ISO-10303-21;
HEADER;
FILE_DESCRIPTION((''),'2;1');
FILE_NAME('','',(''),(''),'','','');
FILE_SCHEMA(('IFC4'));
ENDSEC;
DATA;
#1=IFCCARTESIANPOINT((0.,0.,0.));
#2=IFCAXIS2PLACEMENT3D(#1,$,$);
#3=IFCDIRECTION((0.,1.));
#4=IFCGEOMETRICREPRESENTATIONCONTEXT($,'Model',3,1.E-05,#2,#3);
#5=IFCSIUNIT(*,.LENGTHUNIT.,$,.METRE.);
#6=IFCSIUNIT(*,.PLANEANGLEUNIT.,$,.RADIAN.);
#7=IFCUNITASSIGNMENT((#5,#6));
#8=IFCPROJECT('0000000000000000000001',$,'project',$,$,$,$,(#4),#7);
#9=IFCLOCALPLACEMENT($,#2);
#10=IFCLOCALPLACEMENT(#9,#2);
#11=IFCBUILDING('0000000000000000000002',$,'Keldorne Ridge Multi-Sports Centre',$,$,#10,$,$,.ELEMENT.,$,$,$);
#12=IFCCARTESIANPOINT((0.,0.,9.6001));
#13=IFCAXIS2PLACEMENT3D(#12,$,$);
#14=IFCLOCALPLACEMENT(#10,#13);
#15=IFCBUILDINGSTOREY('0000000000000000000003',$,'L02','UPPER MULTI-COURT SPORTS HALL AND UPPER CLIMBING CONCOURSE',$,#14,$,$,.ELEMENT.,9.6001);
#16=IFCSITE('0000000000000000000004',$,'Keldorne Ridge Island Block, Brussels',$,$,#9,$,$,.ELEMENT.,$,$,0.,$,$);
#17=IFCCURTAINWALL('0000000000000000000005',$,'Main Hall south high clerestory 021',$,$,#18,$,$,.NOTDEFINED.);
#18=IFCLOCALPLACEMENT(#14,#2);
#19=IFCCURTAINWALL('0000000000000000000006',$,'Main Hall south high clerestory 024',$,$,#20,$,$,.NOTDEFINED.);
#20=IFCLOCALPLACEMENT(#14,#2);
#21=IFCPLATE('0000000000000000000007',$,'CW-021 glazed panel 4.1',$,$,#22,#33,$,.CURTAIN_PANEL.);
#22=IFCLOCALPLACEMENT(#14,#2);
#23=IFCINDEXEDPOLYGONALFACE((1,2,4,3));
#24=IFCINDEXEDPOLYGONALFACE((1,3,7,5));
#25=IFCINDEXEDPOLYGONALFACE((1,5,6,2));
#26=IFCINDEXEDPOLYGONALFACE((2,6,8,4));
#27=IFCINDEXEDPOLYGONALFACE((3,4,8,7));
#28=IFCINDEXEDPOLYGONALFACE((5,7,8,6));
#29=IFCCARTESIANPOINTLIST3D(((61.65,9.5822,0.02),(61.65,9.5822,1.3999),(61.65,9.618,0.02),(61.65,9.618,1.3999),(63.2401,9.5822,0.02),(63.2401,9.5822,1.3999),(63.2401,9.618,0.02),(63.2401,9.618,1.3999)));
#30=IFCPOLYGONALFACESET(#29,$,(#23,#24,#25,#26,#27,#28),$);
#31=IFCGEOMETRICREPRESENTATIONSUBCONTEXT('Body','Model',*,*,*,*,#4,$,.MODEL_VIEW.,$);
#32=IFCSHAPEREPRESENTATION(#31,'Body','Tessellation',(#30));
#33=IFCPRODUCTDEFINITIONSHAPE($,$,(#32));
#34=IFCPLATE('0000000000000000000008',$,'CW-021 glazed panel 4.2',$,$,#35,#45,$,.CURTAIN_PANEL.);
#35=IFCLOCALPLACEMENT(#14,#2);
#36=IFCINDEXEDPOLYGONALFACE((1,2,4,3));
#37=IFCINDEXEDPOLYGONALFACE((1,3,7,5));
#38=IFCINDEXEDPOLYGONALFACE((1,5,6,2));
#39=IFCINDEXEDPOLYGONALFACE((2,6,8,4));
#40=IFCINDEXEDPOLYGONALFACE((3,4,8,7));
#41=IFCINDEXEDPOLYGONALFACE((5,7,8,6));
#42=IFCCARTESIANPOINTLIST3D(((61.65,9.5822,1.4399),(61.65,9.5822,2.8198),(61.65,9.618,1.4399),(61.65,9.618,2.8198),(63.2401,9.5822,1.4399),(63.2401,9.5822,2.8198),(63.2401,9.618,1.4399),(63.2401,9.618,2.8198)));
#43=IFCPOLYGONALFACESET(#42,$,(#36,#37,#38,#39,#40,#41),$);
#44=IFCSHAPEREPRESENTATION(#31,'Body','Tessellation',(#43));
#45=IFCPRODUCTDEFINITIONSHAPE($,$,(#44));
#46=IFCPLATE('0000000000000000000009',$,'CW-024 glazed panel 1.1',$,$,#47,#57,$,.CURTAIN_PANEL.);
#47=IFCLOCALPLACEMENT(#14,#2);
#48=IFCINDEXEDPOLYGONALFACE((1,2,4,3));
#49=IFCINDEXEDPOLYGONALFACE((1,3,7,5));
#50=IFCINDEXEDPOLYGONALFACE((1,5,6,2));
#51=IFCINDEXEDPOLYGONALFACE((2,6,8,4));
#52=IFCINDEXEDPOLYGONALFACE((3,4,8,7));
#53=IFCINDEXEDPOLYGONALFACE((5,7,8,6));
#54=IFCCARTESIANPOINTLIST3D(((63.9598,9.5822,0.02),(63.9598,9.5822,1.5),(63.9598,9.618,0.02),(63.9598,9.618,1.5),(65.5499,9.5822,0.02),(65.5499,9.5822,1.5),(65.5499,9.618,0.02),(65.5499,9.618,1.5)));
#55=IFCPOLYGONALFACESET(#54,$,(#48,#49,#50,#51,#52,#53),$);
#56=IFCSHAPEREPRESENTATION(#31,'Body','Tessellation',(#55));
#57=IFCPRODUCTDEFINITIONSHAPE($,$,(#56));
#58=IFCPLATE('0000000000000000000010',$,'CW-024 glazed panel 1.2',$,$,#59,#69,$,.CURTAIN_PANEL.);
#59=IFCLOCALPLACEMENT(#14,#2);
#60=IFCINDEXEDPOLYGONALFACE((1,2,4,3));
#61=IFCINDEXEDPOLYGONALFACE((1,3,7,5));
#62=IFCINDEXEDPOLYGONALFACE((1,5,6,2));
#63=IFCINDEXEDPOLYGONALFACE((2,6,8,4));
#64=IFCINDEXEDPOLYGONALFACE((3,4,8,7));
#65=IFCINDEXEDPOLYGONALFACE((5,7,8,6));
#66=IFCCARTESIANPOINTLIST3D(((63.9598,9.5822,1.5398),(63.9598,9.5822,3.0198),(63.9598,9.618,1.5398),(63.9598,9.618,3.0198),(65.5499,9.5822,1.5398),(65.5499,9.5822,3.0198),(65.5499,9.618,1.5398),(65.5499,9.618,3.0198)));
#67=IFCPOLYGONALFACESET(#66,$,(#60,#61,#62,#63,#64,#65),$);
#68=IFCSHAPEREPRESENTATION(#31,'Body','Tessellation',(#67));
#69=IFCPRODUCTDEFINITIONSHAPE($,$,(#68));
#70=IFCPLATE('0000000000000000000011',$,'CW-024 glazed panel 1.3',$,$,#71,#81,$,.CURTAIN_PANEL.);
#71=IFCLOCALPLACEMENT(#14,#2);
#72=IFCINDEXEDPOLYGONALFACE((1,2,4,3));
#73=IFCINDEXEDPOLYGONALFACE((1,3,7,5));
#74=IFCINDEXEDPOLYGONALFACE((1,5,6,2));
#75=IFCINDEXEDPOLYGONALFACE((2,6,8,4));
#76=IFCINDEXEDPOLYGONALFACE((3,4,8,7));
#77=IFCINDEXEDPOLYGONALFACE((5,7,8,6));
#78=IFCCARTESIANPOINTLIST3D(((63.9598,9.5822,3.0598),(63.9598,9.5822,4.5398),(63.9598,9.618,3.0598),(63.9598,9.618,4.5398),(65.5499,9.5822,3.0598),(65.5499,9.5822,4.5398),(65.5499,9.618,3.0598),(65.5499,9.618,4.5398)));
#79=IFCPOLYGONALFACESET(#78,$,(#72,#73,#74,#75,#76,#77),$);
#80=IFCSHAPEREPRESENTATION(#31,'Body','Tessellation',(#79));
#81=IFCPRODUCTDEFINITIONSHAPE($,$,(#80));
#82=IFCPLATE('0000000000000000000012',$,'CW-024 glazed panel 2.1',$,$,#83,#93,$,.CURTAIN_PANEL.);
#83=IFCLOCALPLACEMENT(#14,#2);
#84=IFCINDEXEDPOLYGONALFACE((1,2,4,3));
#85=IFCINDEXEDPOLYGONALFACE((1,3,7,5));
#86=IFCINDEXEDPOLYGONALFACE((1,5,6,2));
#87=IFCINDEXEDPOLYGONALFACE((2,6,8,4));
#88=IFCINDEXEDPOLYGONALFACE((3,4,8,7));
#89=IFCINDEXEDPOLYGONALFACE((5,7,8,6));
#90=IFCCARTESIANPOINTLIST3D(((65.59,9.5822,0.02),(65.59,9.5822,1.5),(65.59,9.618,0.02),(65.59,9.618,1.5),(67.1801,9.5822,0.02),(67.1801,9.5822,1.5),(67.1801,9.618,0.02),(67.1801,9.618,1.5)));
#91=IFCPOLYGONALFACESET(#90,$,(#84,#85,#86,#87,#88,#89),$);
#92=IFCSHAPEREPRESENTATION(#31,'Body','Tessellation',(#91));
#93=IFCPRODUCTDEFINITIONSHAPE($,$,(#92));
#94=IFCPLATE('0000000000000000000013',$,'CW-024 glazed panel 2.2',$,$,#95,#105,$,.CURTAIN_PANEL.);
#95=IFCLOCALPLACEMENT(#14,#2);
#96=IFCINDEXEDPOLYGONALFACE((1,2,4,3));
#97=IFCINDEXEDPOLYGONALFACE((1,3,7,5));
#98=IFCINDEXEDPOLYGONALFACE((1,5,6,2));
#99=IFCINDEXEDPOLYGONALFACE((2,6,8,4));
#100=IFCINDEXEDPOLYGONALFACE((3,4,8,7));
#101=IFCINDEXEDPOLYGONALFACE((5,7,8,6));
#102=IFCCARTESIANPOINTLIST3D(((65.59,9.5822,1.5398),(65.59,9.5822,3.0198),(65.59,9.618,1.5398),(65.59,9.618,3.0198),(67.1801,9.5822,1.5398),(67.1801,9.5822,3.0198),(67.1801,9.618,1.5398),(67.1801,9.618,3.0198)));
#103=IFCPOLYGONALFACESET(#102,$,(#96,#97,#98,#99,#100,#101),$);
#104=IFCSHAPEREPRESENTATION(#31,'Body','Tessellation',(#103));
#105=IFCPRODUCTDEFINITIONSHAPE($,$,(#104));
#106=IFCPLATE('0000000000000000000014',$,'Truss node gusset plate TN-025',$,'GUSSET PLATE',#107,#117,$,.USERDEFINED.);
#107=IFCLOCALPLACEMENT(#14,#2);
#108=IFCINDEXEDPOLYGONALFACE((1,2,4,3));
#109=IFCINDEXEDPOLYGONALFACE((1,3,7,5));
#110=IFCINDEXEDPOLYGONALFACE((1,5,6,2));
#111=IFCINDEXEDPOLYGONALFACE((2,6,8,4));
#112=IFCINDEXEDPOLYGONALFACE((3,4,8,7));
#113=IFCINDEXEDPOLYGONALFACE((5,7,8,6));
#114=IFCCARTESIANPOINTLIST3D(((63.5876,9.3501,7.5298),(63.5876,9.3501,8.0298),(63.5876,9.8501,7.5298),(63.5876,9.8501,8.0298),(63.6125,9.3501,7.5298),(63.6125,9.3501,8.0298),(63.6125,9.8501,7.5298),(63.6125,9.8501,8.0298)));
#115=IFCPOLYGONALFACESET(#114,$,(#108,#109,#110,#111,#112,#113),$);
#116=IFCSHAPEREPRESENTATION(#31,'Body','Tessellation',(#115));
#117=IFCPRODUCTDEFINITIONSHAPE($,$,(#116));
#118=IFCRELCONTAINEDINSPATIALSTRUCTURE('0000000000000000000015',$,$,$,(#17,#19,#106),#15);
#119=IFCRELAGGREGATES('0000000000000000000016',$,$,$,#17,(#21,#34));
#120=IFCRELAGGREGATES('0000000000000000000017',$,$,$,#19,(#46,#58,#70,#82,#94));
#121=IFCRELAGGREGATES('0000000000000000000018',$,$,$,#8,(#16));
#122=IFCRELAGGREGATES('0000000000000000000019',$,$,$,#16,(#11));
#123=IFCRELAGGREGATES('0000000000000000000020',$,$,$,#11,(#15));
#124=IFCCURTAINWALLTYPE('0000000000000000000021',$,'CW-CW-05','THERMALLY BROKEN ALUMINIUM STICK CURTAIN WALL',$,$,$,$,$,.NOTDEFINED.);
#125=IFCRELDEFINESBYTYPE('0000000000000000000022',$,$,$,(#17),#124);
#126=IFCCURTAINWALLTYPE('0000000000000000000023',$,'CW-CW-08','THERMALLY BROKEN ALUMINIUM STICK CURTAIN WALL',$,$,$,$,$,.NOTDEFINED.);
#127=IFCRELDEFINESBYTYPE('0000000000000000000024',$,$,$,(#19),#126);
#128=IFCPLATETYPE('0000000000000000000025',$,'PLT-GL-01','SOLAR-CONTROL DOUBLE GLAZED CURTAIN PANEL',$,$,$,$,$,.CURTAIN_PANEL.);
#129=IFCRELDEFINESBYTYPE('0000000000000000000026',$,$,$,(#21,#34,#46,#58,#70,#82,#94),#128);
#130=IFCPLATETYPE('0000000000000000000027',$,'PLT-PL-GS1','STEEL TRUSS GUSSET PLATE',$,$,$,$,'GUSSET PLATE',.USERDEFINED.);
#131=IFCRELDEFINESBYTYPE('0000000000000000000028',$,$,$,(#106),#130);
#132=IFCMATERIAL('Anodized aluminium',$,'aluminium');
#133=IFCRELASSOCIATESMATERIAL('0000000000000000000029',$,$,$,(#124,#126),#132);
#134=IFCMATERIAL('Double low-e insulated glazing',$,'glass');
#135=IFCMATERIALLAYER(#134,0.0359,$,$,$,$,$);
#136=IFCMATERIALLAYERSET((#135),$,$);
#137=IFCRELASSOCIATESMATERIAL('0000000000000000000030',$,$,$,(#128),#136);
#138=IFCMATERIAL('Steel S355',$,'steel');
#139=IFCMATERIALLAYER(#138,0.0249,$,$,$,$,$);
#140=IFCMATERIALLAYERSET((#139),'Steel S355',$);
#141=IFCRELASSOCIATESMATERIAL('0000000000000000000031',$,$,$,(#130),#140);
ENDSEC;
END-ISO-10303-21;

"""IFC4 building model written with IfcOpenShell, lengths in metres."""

from ifc_helpers import new_model, si_unit, direction, frame, origin, origin_2d, place, context, subcontext, project, spatial, rectangle, extrude, material, layer, layer_set, type_object, element, aggregate, save


model = new_model("IFC4")

# Units and contexts
model_context = context("Model", 3, precision=1e-05, world=origin(), true_north=direction((0.0, 1.0)))
body_context = subcontext(model_context, "Body", "Model", "MODEL_VIEW")
ifc_project = project(units=[si_unit("LENGTHUNIT", "METRE"), si_unit("PLANEANGLEUNIT", "RADIAN")], contexts=[model_context])

# Site, building, storey
site_placement = place(None, origin())
site = spatial("IfcSite", under=ifc_project, at=site_placement, Name="Keldorne Ridge Island Block, Brussels", CompositionType="ELEMENT", RefElevation=0.0)
building_placement = place(site_placement, origin())
building = spatial("IfcBuilding", under=site, at=building_placement, Name="Keldorne Ridge Multi-Sports Centre", CompositionType="ELEMENT")
storey_placement = place(building_placement, frame((0.0, 0.0, 9.6001)))
storey = spatial("IfcBuildingStorey", under=building, at=storey_placement, Name="L02", Description="UPPER MULTI-COURT SPORTS HALL AND UPPER CLIMBING CONCOURSE", CompositionType="ELEMENT", Elevation=9.6001)

# Shared definitions
ifc_material_1 = material(Name="Steel S355", Category="steel")

# Curtain wall
ifc_material_2 = material(Name="Anodized aluminium", Category="aluminium")
curtain_wall_type_1 = type_object("IfcCurtainWallType", Name="CW-CW-05", Description="THERMALLY BROKEN ALUMINIUM STICK CURTAIN WALL", PredefinedType="NOTDEFINED", material=ifc_material_2)
curtain_wall_1_placement = place(storey_placement, origin())
curtain_wall_1 = element("IfcCurtainWall", 1, at=curtain_wall_1_placement, inside=storey, type_object=curtain_wall_type_1, Name="Main Hall south high clerestory 021", PredefinedType="NOTDEFINED")

# Curtain wall
curtain_wall_type_2 = type_object("IfcCurtainWallType", Name="CW-CW-08", Description="THERMALLY BROKEN ALUMINIUM STICK CURTAIN WALL", PredefinedType="NOTDEFINED", material=ifc_material_2)
curtain_wall_2_placement = place(storey_placement, origin())
curtain_wall_2 = element("IfcCurtainWall", 2, at=curtain_wall_2_placement, inside=storey, type_object=curtain_wall_type_2, Name="Main Hall south high clerestory 024", PredefinedType="NOTDEFINED")

# Plates
ifc_material_3 = material(Name="Double low-e insulated glazing", Category="glass")
ifc_layer_1 = layer(ifc_material_3, 0.0359)
ifc_layer_set_1 = layer_set([ifc_layer_1])
plate_type_1 = type_object("IfcPlateType", Name="PLT-GL-01", Description="SOLAR-CONTROL DOUBLE GLAZED CURTAIN PANEL", PredefinedType="CURTAIN_PANEL", material=ifc_layer_set_1)
plate_1_placement = place(storey_placement, frame((62.4451, 9.6001, 0.02), z_axis=(0.0, 0.0, 1.0), x_axis=(1.0, 0.0, 0.0)))
plate_1 = element("IfcPlate", 3, at=plate_1_placement, type_object=plate_type_1, Name="CW-021 glazed panel 4.1", PredefinedType="CURTAIN_PANEL", context=body_context, shape_type="SweptSolid", body=[
    extrude(rectangle(XDim=1.5901, YDim=0.0359, at=origin_2d()), origin(), (0.0, 0.0, 1.0), 1.3799),
])
plate_2_placement = place(storey_placement, frame((62.4451, 9.6001, 1.4399), z_axis=(0.0, 0.0, 1.0), x_axis=(1.0, 0.0, 0.0)))
plate_2 = element("IfcPlate", 4, at=plate_2_placement, type_object=plate_type_1, Name="CW-021 glazed panel 4.2", PredefinedType="CURTAIN_PANEL", context=body_context, shape_type="SweptSolid", body=[
    extrude(rectangle(XDim=1.5901, YDim=0.0359, at=origin_2d()), origin(), (0.0, 0.0, 1.0), 1.3799),
])
aggregate(curtain_wall_1, [plate_1, plate_2])
plate_3_placement = place(storey_placement, frame((64.7549, 9.6001, 0.02), z_axis=(0.0, 0.0, 1.0), x_axis=(1.0, 0.0, 0.0)))
plate_3 = element("IfcPlate", 5, at=plate_3_placement, type_object=plate_type_1, Name="CW-024 glazed panel 1.1", PredefinedType="CURTAIN_PANEL", context=body_context, shape_type="SweptSolid", body=[
    extrude(rectangle(XDim=1.5901, YDim=0.0359, at=origin_2d()), origin(), (0.0, 0.0, 1.0), 1.48),
])
plate_4_placement = place(storey_placement, frame((64.7549, 9.6001, 1.5398), z_axis=(0.0, 0.0, 1.0), x_axis=(1.0, 0.0, 0.0)))
plate_4 = element("IfcPlate", 6, at=plate_4_placement, type_object=plate_type_1, Name="CW-024 glazed panel 1.2", PredefinedType="CURTAIN_PANEL", context=body_context, shape_type="SweptSolid", body=[
    extrude(rectangle(XDim=1.5901, YDim=0.0359, at=origin_2d()), origin(), (0.0, 0.0, 1.0), 1.48),
])
plate_5_placement = place(storey_placement, frame((64.7549, 9.6001, 3.0598), z_axis=(0.0, 0.0, 1.0), x_axis=(1.0, 0.0, 0.0)))
plate_5 = element("IfcPlate", 7, at=plate_5_placement, type_object=plate_type_1, Name="CW-024 glazed panel 1.3", PredefinedType="CURTAIN_PANEL", context=body_context, shape_type="SweptSolid", body=[
    extrude(rectangle(XDim=1.5901, YDim=0.0359, at=origin_2d()), origin(), (0.0, 0.0, 1.0), 1.48),
])
plate_6_placement = place(storey_placement, frame((66.385, 9.6001, 0.02), z_axis=(0.0, 0.0, 1.0), x_axis=(1.0, 0.0, 0.0)))
plate_6 = element("IfcPlate", 8, at=plate_6_placement, type_object=plate_type_1, Name="CW-024 glazed panel 2.1", PredefinedType="CURTAIN_PANEL", context=body_context, shape_type="SweptSolid", body=[
    extrude(rectangle(XDim=1.5901, YDim=0.0359, at=origin_2d()), origin(), (0.0, 0.0, 1.0), 1.48),
])
plate_7_placement = place(storey_placement, frame((66.385, 9.6001, 1.5398), z_axis=(0.0, 0.0, 1.0), x_axis=(1.0, 0.0, 0.0)))
plate_7 = element("IfcPlate", 9, at=plate_7_placement, type_object=plate_type_1, Name="CW-024 glazed panel 2.2", PredefinedType="CURTAIN_PANEL", context=body_context, shape_type="SweptSolid", body=[
    extrude(rectangle(XDim=1.5901, YDim=0.0359, at=origin_2d()), origin(), (0.0, 0.0, 1.0), 1.48),
])
aggregate(curtain_wall_2, [plate_3, plate_4, plate_5, plate_6, plate_7])
ifc_layer_2 = layer(ifc_material_1, 0.0249)
ifc_layer_set_2 = layer_set([ifc_layer_2], Name="Steel S355")
plate_type_2 = type_object("IfcPlateType", Name="PLT-PL-GS1", Description="STEEL TRUSS GUSSET PLATE", ElementType="GUSSET PLATE", PredefinedType="USERDEFINED", material=ifc_layer_set_2)
plate_8_placement = place(storey_placement, frame((63.6001, 9.6001, 7.5298), z_axis=(0.0, 0.0, 1.0), x_axis=(1.0, 0.0, 0.0)))
element("IfcPlate", 10, at=plate_8_placement, inside=storey, type_object=plate_type_2, Name="Truss node gusset plate TN-025", ObjectType="GUSSET PLATE", PredefinedType="USERDEFINED", context=body_context, shape_type="SweptSolid", body=[
    extrude(rectangle(XDim=0.0249, YDim=0.5, at=origin_2d()), origin(), (0.0, 0.0, 1.0), 0.5),
])

save(model, "model.ifc")
